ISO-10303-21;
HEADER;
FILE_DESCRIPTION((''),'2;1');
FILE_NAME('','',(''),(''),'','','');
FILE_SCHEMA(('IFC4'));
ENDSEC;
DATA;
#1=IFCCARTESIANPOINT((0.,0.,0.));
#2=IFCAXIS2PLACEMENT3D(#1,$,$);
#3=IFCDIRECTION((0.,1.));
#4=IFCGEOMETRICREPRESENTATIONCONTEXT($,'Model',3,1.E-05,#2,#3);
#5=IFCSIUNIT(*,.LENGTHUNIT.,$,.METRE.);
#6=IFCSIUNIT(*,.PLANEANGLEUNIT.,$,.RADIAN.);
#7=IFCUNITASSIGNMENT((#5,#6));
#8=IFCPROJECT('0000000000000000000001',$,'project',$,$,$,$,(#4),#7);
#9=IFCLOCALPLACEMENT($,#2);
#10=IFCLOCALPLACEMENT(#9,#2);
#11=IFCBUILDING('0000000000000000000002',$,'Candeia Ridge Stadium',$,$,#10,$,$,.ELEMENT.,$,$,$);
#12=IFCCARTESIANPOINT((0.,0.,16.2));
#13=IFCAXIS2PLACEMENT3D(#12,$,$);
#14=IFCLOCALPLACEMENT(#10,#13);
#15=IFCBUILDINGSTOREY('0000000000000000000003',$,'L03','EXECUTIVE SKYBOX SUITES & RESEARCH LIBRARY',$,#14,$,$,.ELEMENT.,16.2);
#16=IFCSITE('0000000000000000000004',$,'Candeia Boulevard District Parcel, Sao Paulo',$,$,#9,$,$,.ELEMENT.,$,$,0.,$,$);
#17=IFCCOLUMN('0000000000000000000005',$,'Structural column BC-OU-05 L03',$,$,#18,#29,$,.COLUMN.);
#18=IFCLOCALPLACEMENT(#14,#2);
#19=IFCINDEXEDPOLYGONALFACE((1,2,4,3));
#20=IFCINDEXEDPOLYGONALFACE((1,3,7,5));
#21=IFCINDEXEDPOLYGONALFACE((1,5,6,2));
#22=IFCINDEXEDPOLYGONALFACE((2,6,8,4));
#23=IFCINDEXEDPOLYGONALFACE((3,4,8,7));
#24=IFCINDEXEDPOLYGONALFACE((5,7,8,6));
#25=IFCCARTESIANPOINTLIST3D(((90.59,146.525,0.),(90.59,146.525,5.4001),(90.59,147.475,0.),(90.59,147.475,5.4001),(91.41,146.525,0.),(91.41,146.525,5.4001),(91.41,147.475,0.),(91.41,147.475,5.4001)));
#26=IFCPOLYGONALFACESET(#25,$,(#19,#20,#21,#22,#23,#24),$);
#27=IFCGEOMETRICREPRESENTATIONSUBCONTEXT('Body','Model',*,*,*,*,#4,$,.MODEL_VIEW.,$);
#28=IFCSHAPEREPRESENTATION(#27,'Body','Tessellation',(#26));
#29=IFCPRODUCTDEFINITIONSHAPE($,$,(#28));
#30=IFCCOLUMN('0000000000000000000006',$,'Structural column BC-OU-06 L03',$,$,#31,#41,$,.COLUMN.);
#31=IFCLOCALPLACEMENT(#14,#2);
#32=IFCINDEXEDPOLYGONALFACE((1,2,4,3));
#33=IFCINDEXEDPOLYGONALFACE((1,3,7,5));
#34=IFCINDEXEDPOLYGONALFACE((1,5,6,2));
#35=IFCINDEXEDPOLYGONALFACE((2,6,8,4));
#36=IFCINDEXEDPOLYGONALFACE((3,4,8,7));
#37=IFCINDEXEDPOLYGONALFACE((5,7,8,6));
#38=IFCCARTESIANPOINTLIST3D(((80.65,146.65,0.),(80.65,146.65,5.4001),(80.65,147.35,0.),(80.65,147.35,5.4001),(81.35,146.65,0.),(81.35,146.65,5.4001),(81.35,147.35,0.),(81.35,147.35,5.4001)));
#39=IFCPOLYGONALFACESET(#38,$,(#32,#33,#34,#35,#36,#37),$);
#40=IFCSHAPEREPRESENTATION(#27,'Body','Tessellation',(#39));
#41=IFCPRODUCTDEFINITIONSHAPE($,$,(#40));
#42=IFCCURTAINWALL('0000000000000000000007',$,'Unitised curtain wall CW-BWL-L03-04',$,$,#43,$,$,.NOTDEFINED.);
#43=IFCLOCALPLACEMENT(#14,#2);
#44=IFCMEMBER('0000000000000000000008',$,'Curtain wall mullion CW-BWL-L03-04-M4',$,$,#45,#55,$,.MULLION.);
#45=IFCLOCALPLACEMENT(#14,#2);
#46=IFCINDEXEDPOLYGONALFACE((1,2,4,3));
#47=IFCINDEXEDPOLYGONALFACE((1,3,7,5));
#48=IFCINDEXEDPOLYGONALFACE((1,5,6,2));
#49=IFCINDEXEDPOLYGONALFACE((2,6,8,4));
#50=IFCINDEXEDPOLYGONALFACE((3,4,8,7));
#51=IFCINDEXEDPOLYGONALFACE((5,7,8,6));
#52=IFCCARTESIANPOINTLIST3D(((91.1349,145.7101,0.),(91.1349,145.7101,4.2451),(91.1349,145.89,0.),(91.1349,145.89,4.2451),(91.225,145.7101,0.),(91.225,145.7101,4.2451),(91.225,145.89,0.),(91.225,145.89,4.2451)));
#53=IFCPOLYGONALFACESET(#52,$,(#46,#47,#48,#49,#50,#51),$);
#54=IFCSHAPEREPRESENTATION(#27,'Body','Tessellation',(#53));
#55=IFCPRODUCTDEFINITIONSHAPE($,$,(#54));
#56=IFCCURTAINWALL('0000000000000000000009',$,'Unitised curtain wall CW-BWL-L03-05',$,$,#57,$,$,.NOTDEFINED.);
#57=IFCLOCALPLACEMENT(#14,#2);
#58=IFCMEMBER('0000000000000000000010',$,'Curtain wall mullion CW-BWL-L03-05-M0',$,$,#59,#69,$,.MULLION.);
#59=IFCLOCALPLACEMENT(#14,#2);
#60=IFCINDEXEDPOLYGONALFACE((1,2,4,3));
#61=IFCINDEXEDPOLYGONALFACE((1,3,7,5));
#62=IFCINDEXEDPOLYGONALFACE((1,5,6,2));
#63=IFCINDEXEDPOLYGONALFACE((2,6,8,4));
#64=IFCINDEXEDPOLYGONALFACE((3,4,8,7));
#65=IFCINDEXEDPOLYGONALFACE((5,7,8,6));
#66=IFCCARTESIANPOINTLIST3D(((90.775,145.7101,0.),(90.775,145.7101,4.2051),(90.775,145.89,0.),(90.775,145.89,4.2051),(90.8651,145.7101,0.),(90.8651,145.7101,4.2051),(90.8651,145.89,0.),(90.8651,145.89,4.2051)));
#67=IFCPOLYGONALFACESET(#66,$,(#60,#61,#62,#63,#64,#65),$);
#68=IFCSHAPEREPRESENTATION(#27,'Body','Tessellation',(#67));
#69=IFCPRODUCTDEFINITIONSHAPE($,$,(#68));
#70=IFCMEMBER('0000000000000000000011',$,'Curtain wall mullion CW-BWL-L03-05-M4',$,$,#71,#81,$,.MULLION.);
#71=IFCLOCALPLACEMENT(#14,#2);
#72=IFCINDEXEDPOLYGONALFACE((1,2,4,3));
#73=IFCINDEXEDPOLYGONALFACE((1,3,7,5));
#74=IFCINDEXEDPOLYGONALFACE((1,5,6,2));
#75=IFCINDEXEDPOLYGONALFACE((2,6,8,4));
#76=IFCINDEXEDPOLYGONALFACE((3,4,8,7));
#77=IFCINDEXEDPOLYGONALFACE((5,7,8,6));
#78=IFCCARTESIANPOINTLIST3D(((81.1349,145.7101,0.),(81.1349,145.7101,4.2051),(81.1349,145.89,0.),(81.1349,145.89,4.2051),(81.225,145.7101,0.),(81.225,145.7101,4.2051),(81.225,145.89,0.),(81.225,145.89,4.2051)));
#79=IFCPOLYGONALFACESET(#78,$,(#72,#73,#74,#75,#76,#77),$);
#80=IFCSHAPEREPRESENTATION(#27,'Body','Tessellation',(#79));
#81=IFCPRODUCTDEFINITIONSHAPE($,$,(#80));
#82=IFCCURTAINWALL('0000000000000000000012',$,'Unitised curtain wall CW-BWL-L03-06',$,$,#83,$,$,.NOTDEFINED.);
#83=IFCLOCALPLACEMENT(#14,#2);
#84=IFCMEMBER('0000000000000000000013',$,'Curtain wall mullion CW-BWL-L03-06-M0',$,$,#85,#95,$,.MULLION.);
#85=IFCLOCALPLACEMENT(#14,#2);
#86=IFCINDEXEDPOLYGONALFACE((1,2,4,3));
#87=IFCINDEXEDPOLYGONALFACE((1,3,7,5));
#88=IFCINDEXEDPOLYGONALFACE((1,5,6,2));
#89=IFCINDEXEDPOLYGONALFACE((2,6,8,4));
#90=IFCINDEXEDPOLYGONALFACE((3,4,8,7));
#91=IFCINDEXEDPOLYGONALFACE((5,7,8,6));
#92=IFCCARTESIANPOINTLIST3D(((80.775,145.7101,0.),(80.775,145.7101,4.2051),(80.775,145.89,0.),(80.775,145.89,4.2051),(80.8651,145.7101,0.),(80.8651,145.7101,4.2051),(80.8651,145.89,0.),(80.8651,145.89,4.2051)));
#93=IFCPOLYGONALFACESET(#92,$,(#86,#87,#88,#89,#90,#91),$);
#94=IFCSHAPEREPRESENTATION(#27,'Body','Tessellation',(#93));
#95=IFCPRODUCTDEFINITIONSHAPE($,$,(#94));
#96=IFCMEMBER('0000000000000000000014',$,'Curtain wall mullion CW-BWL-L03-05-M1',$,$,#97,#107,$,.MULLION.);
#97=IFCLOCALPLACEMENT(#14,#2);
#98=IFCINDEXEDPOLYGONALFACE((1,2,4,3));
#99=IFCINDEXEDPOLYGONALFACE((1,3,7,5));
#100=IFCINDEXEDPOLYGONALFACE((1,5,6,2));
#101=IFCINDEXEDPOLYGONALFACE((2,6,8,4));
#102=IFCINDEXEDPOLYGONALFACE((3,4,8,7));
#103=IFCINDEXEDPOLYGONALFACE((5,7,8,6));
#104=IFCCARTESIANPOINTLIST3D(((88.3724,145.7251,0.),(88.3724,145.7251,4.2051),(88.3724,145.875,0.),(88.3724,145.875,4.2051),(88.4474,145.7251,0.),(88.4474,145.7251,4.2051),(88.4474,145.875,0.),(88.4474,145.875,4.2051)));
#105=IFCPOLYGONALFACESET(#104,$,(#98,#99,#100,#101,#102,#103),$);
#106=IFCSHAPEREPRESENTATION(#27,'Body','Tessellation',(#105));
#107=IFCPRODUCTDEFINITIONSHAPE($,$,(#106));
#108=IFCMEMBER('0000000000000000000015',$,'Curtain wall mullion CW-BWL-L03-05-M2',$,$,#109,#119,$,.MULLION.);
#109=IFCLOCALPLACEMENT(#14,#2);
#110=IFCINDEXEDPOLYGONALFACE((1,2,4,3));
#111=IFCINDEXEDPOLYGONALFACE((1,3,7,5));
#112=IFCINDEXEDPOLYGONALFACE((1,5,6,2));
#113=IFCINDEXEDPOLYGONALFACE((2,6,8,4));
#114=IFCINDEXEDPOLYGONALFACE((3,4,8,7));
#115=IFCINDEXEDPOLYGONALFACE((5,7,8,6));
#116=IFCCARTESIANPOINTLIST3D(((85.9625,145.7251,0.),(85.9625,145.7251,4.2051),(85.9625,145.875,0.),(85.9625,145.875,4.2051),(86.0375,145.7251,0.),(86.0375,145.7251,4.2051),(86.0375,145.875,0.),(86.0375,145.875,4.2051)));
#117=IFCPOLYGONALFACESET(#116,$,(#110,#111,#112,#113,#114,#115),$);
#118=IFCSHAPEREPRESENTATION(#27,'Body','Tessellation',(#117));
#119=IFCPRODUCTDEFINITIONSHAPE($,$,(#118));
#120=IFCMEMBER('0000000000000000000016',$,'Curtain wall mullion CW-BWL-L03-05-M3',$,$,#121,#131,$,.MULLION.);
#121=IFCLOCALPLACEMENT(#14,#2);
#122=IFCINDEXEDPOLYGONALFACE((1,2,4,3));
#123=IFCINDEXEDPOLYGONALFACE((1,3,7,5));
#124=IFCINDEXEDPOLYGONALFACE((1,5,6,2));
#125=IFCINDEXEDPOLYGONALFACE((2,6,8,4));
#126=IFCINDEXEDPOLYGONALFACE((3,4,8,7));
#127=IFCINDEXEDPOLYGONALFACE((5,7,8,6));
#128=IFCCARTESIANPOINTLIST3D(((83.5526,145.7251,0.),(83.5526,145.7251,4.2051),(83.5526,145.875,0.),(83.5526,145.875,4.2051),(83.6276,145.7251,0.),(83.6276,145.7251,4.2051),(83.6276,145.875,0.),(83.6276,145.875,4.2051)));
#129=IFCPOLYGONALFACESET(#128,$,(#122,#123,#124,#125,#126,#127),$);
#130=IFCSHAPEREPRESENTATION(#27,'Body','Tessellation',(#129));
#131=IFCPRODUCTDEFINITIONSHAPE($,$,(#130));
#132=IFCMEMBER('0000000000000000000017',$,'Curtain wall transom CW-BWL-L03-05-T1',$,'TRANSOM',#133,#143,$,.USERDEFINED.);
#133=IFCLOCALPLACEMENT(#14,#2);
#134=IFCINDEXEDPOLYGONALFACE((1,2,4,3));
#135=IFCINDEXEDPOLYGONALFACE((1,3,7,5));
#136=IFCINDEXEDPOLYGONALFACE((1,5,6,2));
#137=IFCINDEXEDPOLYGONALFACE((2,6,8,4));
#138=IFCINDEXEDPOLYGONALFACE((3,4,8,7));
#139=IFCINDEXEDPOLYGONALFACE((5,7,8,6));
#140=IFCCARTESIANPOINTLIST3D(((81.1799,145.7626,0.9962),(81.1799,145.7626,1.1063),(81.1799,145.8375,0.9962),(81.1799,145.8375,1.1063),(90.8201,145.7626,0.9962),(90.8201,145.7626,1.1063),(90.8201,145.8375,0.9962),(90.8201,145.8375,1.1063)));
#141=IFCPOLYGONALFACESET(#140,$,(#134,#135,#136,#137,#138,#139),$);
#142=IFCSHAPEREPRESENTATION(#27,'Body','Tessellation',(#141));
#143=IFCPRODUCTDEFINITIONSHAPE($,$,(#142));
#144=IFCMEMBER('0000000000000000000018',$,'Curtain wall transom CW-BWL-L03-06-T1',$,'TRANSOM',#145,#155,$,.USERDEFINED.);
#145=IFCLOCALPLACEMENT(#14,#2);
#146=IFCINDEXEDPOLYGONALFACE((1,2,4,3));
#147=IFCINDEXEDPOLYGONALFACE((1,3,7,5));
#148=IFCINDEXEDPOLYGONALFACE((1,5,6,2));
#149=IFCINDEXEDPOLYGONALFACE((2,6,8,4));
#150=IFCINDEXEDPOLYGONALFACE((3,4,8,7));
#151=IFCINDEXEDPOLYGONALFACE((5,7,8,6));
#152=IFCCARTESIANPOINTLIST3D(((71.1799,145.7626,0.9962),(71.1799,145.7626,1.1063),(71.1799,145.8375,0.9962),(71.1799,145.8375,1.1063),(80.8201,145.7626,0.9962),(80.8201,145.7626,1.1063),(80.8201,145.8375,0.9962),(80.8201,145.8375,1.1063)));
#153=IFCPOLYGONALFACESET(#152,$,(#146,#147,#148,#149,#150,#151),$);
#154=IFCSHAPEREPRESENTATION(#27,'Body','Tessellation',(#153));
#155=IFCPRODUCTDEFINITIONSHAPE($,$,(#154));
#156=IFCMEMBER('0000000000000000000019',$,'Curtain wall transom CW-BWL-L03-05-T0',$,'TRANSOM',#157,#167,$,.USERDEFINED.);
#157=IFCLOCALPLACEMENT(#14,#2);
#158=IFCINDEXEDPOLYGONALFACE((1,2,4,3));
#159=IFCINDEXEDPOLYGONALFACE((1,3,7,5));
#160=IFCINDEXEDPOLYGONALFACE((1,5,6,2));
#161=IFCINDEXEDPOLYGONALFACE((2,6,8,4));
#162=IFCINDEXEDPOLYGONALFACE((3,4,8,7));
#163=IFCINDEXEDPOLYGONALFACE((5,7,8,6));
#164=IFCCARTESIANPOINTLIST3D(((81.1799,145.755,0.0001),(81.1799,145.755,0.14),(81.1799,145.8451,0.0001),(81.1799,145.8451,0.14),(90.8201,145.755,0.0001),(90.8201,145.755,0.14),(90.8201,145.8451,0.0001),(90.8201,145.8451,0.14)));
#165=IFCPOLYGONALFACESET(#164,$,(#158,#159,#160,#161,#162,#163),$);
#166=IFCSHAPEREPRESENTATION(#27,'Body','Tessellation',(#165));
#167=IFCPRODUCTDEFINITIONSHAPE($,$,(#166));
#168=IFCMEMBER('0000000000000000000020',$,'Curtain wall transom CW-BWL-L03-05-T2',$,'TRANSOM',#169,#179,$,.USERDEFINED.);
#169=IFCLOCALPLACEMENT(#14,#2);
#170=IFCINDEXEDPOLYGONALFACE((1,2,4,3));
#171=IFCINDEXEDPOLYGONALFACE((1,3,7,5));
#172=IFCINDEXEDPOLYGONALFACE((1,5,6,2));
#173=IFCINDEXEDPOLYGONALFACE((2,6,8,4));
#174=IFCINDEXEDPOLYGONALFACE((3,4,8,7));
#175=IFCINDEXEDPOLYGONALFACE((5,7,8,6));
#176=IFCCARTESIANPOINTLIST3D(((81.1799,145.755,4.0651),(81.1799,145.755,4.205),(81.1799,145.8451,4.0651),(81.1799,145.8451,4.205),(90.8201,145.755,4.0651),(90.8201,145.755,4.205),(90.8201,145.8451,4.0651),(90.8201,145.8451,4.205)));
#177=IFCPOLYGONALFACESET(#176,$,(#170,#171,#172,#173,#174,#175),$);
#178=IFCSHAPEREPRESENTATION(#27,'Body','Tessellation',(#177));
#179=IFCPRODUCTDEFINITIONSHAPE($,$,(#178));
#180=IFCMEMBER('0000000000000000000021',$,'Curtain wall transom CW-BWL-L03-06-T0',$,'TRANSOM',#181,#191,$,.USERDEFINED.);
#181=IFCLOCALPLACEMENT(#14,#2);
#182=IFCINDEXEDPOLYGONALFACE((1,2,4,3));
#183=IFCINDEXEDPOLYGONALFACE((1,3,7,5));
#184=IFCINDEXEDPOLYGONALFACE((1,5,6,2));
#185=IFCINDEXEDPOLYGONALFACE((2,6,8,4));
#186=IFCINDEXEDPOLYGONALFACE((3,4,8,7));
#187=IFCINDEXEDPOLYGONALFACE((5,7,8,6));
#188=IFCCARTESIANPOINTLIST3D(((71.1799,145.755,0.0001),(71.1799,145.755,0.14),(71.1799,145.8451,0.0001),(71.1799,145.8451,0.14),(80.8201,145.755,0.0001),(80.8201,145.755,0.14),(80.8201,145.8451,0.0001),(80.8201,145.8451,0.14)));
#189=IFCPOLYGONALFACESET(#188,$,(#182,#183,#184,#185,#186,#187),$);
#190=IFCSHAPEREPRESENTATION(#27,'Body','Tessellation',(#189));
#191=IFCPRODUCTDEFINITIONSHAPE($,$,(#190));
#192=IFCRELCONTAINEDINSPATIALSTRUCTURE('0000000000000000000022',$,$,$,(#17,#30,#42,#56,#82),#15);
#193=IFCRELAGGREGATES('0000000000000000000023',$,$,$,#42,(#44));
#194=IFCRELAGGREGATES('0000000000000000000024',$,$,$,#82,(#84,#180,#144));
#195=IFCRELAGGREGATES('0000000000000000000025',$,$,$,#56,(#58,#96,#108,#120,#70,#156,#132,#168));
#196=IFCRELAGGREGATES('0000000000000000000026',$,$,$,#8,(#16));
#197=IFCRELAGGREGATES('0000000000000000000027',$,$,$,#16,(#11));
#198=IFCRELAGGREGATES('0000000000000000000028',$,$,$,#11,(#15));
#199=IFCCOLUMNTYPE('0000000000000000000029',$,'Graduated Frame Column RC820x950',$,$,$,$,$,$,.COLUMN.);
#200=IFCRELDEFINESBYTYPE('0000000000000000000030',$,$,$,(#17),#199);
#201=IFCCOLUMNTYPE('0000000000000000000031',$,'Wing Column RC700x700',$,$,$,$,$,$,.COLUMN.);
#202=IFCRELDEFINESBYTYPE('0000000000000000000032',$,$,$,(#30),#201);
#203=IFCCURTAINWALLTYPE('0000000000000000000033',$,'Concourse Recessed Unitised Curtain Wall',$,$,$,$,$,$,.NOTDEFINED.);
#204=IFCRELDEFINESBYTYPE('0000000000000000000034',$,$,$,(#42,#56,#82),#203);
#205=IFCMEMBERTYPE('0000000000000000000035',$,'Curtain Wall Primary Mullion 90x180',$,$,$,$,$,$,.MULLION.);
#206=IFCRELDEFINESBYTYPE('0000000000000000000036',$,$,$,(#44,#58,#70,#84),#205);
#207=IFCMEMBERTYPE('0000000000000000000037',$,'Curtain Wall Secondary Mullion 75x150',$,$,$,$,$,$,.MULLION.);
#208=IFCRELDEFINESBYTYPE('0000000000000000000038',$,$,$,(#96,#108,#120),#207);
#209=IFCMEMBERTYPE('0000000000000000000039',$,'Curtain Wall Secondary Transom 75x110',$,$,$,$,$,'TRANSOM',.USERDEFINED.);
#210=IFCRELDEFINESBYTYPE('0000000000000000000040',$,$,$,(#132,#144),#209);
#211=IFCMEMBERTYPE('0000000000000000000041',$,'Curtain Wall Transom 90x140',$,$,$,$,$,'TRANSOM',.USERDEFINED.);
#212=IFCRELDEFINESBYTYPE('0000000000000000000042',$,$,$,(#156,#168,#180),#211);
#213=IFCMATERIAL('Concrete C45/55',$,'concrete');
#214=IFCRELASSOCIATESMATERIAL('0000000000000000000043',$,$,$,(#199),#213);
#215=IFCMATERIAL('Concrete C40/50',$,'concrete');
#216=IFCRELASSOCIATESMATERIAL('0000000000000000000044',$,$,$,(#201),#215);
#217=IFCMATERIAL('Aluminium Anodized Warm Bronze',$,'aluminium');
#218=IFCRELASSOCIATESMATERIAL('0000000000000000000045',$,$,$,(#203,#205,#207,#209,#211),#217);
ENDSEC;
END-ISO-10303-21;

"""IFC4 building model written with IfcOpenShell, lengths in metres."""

from ifc_helpers import new_model, si_unit, direction, frame, origin, origin_2d, place, context, subcontext, project, spatial, rectangle, extrude, material, material_profile, profile_set, type_object, element, aggregate, save


model = new_model("IFC4")

# Units and contexts
model_context = context("Model", 3, precision=1e-05, world=origin(), true_north=direction((0.0, 1.0)))
body_context = subcontext(model_context, "Body", "Model", "MODEL_VIEW")
ifc_project = project(units=[si_unit("LENGTHUNIT", "METRE"), si_unit("PLANEANGLEUNIT", "RADIAN")], contexts=[model_context])

# Site, building, storey
site_placement = place(None, origin())
site = spatial("IfcSite", under=ifc_project, at=site_placement, Name="Candeia Boulevard District Parcel, Sao Paulo", CompositionType="ELEMENT", RefElevation=0.0)
building_placement = place(site_placement, origin())
building = spatial("IfcBuilding", under=site, at=building_placement, Name="Candeia Ridge Stadium", CompositionType="ELEMENT")
storey_placement = place(building_placement, frame((0.0, 0.0, 16.2)))
storey = spatial("IfcBuildingStorey", under=building, at=storey_placement, Name="L03", Description="EXECUTIVE SKYBOX SUITES & RESEARCH LIBRARY", CompositionType="ELEMENT", Elevation=16.2)

# Columns
ifc_material_1 = material(Name="Concrete C45/55", Category="concrete")
ifc_material_profile_1 = material_profile(ifc_material_1, rectangle(XDim=0.8201, YDim=0.95, at=origin_2d()), Name="RC820x950", Category="concrete")
ifc_profile_set_1 = profile_set([ifc_material_profile_1], Name="Concrete C45/55")
column_type_1 = type_object("IfcColumnType", Name="Graduated Frame Column RC820x950", PredefinedType="COLUMN", material=ifc_profile_set_1)
column_1_placement = place(storey_placement, frame((91.0, 147.0, 0.0), z_axis=(0.0, 0.0, 1.0), x_axis=(1.0, 0.0, 0.0)))
element("IfcColumn", 1, at=column_1_placement, inside=storey, type_object=column_type_1, Name="Structural column BC-OU-05 L03", PredefinedType="COLUMN", context=body_context, shape_type="SweptSolid", body=[
    extrude(rectangle(XDim=0.8201, YDim=0.95, at=origin_2d()), origin(), (0.0, 0.0, 1.0), 5.4001),
])
ifc_material_2 = material(Name="Concrete C40/50", Category="concrete")
ifc_material_profile_2 = material_profile(ifc_material_2, rectangle(XDim=0.7, YDim=0.7, at=origin_2d()), Name="RC700x700", Category="concrete")
ifc_profile_set_2 = profile_set([ifc_material_profile_2], Name="Concrete C40/50")
column_type_2 = type_object("IfcColumnType", Name="Wing Column RC700x700", PredefinedType="COLUMN", material=ifc_profile_set_2)
column_2_placement = place(storey_placement, frame((81.0, 147.0, 0.0), z_axis=(0.0, 0.0, 1.0), x_axis=(1.0, 0.0, 0.0)))
element("IfcColumn", 2, at=column_2_placement, inside=storey, type_object=column_type_2, Name="Structural column BC-OU-06 L03", PredefinedType="COLUMN", context=body_context, shape_type="SweptSolid", body=[
    extrude(rectangle(XDim=0.7, YDim=0.7, at=origin_2d()), origin(), (0.0, 0.0, 1.0), 5.4001),
])

# Curtain wall, member
ifc_material_3 = material(Name="Aluminium Anodized Warm Bronze", Category="aluminium")
curtain_wall_type = type_object("IfcCurtainWallType", Name="Concourse Recessed Unitised Curtain Wall", PredefinedType="NOTDEFINED", material=ifc_material_3)
curtain_wall_1_placement = place(storey_placement, origin())
curtain_wall_1 = element("IfcCurtainWall", 3, at=curtain_wall_1_placement, inside=storey, type_object=curtain_wall_type, Name="Unitised curtain wall CW-BWL-L03-04", PredefinedType="NOTDEFINED")
ifc_material_profile_3 = material_profile(ifc_material_3, rectangle(XDim=0.0901, YDim=0.1799, at=origin_2d()), Name="CWM-90x180", Category="aluminium")
ifc_profile_set_3 = profile_set([ifc_material_profile_3], Name="Aluminium Anodized Warm Bronze")
member_type_1 = type_object("IfcMemberType", Name="Curtain Wall Primary Mullion 90x180", PredefinedType="MULLION", material=ifc_profile_set_3)
member_1_placement = place(storey_placement, frame((91.1799, 145.8, 0.0), z_axis=(0.0, 0.0, 1.0), x_axis=(1.0, 0.0, 0.0)))
member_1 = element("IfcMember", 4, at=member_1_placement, type_object=member_type_1, Name="Curtain wall mullion CW-BWL-L03-04-M4", PredefinedType="MULLION", context=body_context, shape_type="SweptSolid", body=[
    extrude(rectangle(XDim=0.0901, YDim=0.1799, at=origin_2d()), origin(), (0.0, 0.0, 1.0), 4.2451),
])
aggregate(curtain_wall_1, [member_1])

# Curtain wall, members
curtain_wall_2_placement = place(storey_placement, origin())
curtain_wall_2 = element("IfcCurtainWall", 5, at=curtain_wall_2_placement, inside=storey, type_object=curtain_wall_type, Name="Unitised curtain wall CW-BWL-L03-05", PredefinedType="NOTDEFINED")
member_2_placement = place(storey_placement, frame((90.8201, 145.8, 0.0), z_axis=(0.0, 0.0, 1.0), x_axis=(1.0, 0.0, 0.0)))
member_2 = element("IfcMember", 6, at=member_2_placement, type_object=member_type_1, Name="Curtain wall mullion CW-BWL-L03-05-M0", PredefinedType="MULLION", context=body_context, shape_type="SweptSolid", body=[
    extrude(rectangle(XDim=0.0901, YDim=0.1799, at=origin_2d()), origin(), (0.0, 0.0, 1.0), 4.2051),
])
member_3_placement = place(storey_placement, frame((81.1799, 145.8, 0.0), z_axis=(0.0, 0.0, 1.0), x_axis=(1.0, 0.0, 0.0)))
member_3 = element("IfcMember", 7, at=member_3_placement, type_object=member_type_1, Name="Curtain wall mullion CW-BWL-L03-05-M4", PredefinedType="MULLION", context=body_context, shape_type="SweptSolid", body=[
    extrude(rectangle(XDim=0.0901, YDim=0.1799, at=origin_2d()), origin(), (0.0, 0.0, 1.0), 4.2051),
])

# Curtain wall, member
curtain_wall_3_placement = place(storey_placement, origin())
curtain_wall_3 = element("IfcCurtainWall", 8, at=curtain_wall_3_placement, inside=storey, type_object=curtain_wall_type, Name="Unitised curtain wall CW-BWL-L03-06", PredefinedType="NOTDEFINED")
member_4_placement = place(storey_placement, frame((80.8201, 145.8, 0.0), z_axis=(0.0, 0.0, 1.0), x_axis=(1.0, 0.0, 0.0)))
member_4 = element("IfcMember", 9, at=member_4_placement, type_object=member_type_1, Name="Curtain wall mullion CW-BWL-L03-06-M0", PredefinedType="MULLION", context=body_context, shape_type="SweptSolid", body=[
    extrude(rectangle(XDim=0.0901, YDim=0.1799, at=origin_2d()), origin(), (0.0, 0.0, 1.0), 4.2051),
])

# Members
ifc_material_profile_4 = material_profile(ifc_material_3, rectangle(XDim=0.075, YDim=0.1499, at=origin_2d()), Name="CWM-75x150", Category="aluminium")
ifc_profile_set_4 = profile_set([ifc_material_profile_4], Name="Aluminium Anodized Warm Bronze")
member_type_2 = type_object("IfcMemberType", Name="Curtain Wall Secondary Mullion 75x150", PredefinedType="MULLION", material=ifc_profile_set_4)
member_5_placement = place(storey_placement, frame((88.4099, 145.8, 0.0), z_axis=(0.0, 0.0, 1.0), x_axis=(1.0, 0.0, 0.0)))
member_5 = element("IfcMember", 10, at=member_5_placement, type_object=member_type_2, Name="Curtain wall mullion CW-BWL-L03-05-M1", PredefinedType="MULLION", context=body_context, shape_type="SweptSolid", body=[
    extrude(rectangle(XDim=0.075, YDim=0.1499, at=origin_2d()), origin(), (0.0, 0.0, 1.0), 4.2051),
])
member_6_placement = place(storey_placement, frame((86.0, 145.8, 0.0), z_axis=(0.0, 0.0, 1.0), x_axis=(1.0, 0.0, 0.0)))
member_6 = element("IfcMember", 11, at=member_6_placement, type_object=member_type_2, Name="Curtain wall mullion CW-BWL-L03-05-M2", PredefinedType="MULLION", context=body_context, shape_type="SweptSolid", body=[
    extrude(rectangle(XDim=0.075, YDim=0.1499, at=origin_2d()), origin(), (0.0, 0.0, 1.0), 4.2051),
])
member_7_placement = place(storey_placement, frame((83.5901, 145.8, 0.0), z_axis=(0.0, 0.0, 1.0), x_axis=(1.0, 0.0, 0.0)))
member_7 = element("IfcMember", 12, at=member_7_placement, type_object=member_type_2, Name="Curtain wall mullion CW-BWL-L03-05-M3", PredefinedType="MULLION", context=body_context, shape_type="SweptSolid", body=[
    extrude(rectangle(XDim=0.075, YDim=0.1499, at=origin_2d()), origin(), (0.0, 0.0, 1.0), 4.2051),
])
ifc_material_profile_5 = material_profile(ifc_material_3, rectangle(XDim=0.075, YDim=0.1101, at=origin_2d()), Name="CWT-75x110", Category="aluminium")
ifc_profile_set_5 = profile_set([ifc_material_profile_5], Name="Aluminium Anodized Warm Bronze")
member_type_3 = type_object("IfcMemberType", Name="Curtain Wall Secondary Transom 75x110", ElementType="TRANSOM", PredefinedType="USERDEFINED", material=ifc_profile_set_5)
member_8_placement = place(storey_placement, frame((90.8201, 145.8, 1.0513), z_axis=(-1.0, 0.0, 0.0), x_axis=(0.0, -1.0, 0.0)))
member_8 = element("IfcMember", 13, at=member_8_placement, type_object=member_type_3, Name="Curtain wall transom CW-BWL-L03-05-T1", ObjectType="TRANSOM", PredefinedType="USERDEFINED", context=body_context, shape_type="SweptSolid", body=[
    extrude(rectangle(XDim=0.075, YDim=0.1101, at=origin_2d()), origin(), (0.0, 0.0, 1.0), 9.6401),
])
member_9_placement = place(storey_placement, frame((80.8201, 145.8, 1.0513), z_axis=(-1.0, 0.0, 0.0), x_axis=(0.0, -1.0, 0.0)))
member_9 = element("IfcMember", 14, at=member_9_placement, type_object=member_type_3, Name="Curtain wall transom CW-BWL-L03-06-T1", ObjectType="TRANSOM", PredefinedType="USERDEFINED", context=body_context, shape_type="SweptSolid", body=[
    extrude(rectangle(XDim=0.075, YDim=0.1101, at=origin_2d()), origin(), (0.0, 0.0, 1.0), 9.6401),
])
ifc_material_profile_6 = material_profile(ifc_material_3, rectangle(XDim=0.0901, YDim=0.1399, at=origin_2d()), Name="CWT-90x140", Category="aluminium")
ifc_profile_set_6 = profile_set([ifc_material_profile_6], Name="Aluminium Anodized Warm Bronze")
member_type_4 = type_object("IfcMemberType", Name="Curtain Wall Transom 90x140", ElementType="TRANSOM", PredefinedType="USERDEFINED", material=ifc_profile_set_6)
member_10_placement = place(storey_placement, frame((90.8201, 145.8, 0.0701), z_axis=(-1.0, 0.0, 0.0), x_axis=(0.0, -1.0, 0.0)))
member_10 = element("IfcMember", 15, at=member_10_placement, type_object=member_type_4, Name="Curtain wall transom CW-BWL-L03-05-T0", ObjectType="TRANSOM", PredefinedType="USERDEFINED", context=body_context, shape_type="SweptSolid", body=[
    extrude(rectangle(XDim=0.0901, YDim=0.1399, at=origin_2d()), origin(), (0.0, 0.0, 1.0), 9.6401),
])
member_11_placement = place(storey_placement, frame((90.8201, 145.8, 4.135), z_axis=(-1.0, 0.0, 0.0), x_axis=(0.0, -1.0, 0.0)))
member_11 = element("IfcMember", 16, at=member_11_placement, type_object=member_type_4, Name="Curtain wall transom CW-BWL-L03-05-T2", ObjectType="TRANSOM", PredefinedType="USERDEFINED", context=body_context, shape_type="SweptSolid", body=[
    extrude(rectangle(XDim=0.0901, YDim=0.1399, at=origin_2d()), origin(), (0.0, 0.0, 1.0), 9.6401),
])
member_12_placement = place(storey_placement, frame((80.8201, 145.8, 0.0701), z_axis=(-1.0, 0.0, 0.0), x_axis=(0.0, -1.0, 0.0)))
member_12 = element("IfcMember", 17, at=member_12_placement, type_object=member_type_4, Name="Curtain wall transom CW-BWL-L03-06-T0", ObjectType="TRANSOM", PredefinedType="USERDEFINED", context=body_context, shape_type="SweptSolid", body=[
    extrude(rectangle(XDim=0.0901, YDim=0.1399, at=origin_2d()), origin(), (0.0, 0.0, 1.0), 9.6401),
])
aggregate(curtain_wall_3, [member_4, member_12, member_9])

aggregate(curtain_wall_2, [member_2, member_5, member_6, member_7, member_3, member_10, member_8, member_11])

save(model, "model.ifc")
